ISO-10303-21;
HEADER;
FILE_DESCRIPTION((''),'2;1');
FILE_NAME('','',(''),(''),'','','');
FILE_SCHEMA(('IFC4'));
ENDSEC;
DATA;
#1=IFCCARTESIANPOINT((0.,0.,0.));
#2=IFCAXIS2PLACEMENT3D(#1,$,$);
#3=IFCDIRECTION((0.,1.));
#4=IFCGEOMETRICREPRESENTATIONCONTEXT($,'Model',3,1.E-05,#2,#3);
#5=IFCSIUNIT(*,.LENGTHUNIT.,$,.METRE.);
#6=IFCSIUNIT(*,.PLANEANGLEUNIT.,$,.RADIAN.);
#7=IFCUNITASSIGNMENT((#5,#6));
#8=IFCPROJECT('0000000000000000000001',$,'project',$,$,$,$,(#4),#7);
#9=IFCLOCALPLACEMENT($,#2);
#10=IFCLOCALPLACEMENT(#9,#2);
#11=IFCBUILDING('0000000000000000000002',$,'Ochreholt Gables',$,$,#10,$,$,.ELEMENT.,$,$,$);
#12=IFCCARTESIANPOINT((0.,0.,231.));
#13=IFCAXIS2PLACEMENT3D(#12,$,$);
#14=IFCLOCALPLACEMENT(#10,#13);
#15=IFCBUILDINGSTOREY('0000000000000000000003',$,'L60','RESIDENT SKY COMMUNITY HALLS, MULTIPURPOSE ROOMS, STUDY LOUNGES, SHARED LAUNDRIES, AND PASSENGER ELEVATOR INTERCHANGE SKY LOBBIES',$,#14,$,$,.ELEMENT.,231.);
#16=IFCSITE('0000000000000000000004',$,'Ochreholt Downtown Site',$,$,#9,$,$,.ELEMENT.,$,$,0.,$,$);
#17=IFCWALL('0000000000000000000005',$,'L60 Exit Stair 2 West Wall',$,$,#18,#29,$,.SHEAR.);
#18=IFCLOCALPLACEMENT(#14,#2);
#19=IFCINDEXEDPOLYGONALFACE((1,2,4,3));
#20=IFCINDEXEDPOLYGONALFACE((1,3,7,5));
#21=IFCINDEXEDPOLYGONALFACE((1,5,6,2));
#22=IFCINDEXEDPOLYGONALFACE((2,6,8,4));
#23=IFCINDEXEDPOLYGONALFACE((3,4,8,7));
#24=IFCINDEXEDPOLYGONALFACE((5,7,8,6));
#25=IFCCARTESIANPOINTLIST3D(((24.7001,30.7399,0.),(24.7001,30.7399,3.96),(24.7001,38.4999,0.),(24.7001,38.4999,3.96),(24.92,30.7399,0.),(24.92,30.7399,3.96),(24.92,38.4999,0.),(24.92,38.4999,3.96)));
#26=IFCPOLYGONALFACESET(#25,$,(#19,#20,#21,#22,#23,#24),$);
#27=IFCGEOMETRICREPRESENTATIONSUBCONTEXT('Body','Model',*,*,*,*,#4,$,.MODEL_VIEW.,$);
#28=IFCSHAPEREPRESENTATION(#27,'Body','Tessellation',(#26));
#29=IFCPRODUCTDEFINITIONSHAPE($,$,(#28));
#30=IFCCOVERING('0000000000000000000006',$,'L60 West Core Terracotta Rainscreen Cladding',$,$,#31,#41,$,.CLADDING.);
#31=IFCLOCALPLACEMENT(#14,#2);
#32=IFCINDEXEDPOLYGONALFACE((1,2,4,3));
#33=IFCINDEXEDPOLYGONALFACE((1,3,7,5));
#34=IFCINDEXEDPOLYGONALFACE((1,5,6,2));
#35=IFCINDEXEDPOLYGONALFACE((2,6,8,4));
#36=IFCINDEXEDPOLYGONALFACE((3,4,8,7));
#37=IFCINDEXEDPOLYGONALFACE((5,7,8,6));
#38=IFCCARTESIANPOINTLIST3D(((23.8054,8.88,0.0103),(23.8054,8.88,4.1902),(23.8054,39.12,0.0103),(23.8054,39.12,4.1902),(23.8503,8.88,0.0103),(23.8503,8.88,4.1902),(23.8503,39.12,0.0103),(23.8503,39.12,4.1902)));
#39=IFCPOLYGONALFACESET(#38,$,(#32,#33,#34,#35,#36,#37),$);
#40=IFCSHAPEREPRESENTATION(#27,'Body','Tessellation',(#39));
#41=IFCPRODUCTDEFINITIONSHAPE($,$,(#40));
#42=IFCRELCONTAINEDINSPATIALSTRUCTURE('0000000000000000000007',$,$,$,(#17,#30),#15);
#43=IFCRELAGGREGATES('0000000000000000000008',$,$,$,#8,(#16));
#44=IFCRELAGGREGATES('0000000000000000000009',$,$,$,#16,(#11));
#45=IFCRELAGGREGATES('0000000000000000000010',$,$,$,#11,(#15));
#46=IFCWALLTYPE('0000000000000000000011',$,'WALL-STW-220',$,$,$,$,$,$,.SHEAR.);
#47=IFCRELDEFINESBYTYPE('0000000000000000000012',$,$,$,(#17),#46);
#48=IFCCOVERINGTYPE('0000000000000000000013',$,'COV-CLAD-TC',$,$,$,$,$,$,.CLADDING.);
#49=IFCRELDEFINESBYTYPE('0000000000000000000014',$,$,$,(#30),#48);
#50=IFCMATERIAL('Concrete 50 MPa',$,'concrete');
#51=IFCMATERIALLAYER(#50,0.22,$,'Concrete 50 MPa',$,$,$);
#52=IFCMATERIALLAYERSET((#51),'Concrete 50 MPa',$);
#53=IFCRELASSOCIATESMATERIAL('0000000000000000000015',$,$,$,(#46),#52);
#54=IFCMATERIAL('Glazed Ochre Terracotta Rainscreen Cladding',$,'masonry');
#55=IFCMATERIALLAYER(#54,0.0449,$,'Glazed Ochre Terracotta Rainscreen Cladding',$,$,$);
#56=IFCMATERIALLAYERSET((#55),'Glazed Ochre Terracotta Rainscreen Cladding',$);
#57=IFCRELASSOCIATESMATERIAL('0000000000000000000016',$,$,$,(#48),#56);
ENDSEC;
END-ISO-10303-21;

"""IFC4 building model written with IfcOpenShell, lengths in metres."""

from ifc_helpers import new_model, si_unit, direction, frame, frame_2d, origin, origin_2d, place, context, subcontext, project, spatial, rectangle, extrude, material, layer, layer_set, type_object, element, save


model = new_model("IFC4")

# Units and contexts
model_context = context("Model", 3, precision=1e-05, world=origin(), true_north=direction((0.0, 1.0)))
body_context = subcontext(model_context, "Body", "Model", "MODEL_VIEW")
ifc_project = project(units=[si_unit("LENGTHUNIT", "METRE"), si_unit("PLANEANGLEUNIT", "RADIAN")], contexts=[model_context])

# Site, building, storey
site_placement = place(None, origin())
site = spatial("IfcSite", under=ifc_project, at=site_placement, Name="Ochreholt Downtown Site", CompositionType="ELEMENT", RefElevation=0.0)
building_placement = place(site_placement, origin())
building = spatial("IfcBuilding", under=site, at=building_placement, Name="Ochreholt Gables", CompositionType="ELEMENT")
storey_placement = place(building_placement, frame((0.0, 0.0, 231.0)))
storey = spatial("IfcBuildingStorey", under=building, at=storey_placement, Name="L60", Description="RESIDENT SKY COMMUNITY HALLS, MULTIPURPOSE ROOMS, STUDY LOUNGES, SHARED LAUNDRIES, AND PASSENGER ELEVATOR INTERCHANGE SKY LOBBIES", CompositionType="ELEMENT", Elevation=231.0)

# Shared definitions
ifc_material_1 = material(Name="Concrete 50 MPa", Category="concrete")

# Wall
ifc_layer_1 = layer(ifc_material_1, 0.22, Name="Concrete 50 MPa")
ifc_layer_set_1 = layer_set([ifc_layer_1], Name="Concrete 50 MPa")
wall_type_1 = type_object("IfcWallType", Name="WALL-STW-220", PredefinedType="SHEAR", material=ifc_layer_set_1)
wall_1_placement = place(storey_placement, frame((24.8101, 30.74, 0.0), z_axis=(0.0, 0.0, 1.0), x_axis=(0.0, 1.0, 0.0)))
element("IfcWall", 1, at=wall_1_placement, inside=storey, type_object=wall_type_1, Name="L60 Exit Stair 2 West Wall", PredefinedType="SHEAR", context=body_context, shape_type="SweptSolid", body=[
    extrude(rectangle(XDim=7.76, YDim=0.22, at=frame_2d((3.8799, 0.0))), origin(), (0.0, 0.0, 1.0), 3.96),
])

# Covering
ifc_material_2 = material(Name="Glazed Ochre Terracotta Rainscreen Cladding", Category="masonry")
ifc_layer_2 = layer(ifc_material_2, 0.0449, Name="Glazed Ochre Terracotta Rainscreen Cladding")
ifc_layer_set_2 = layer_set([ifc_layer_2], Name="Glazed Ochre Terracotta Rainscreen Cladding")
covering_type = type_object("IfcCoveringType", Name="COV-CLAD-TC", PredefinedType="CLADDING", material=ifc_layer_set_2)
covering_placement = place(storey_placement, frame((23.8279, 24.0, 0.0103), z_axis=(0.0, 0.0, 1.0), x_axis=(0.0, 1.0, 0.0)))
element("IfcCovering", 2, at=covering_placement, inside=storey, type_object=covering_type, Name="L60 West Core Terracotta Rainscreen Cladding", PredefinedType="CLADDING", context=body_context, shape_type="SweptSolid", body=[
    extrude(rectangle(XDim=30.24, YDim=0.0449, at=origin_2d()), origin(), (0.0, 0.0, 1.0), 4.1799),
])

save(model, "model.ifc")
